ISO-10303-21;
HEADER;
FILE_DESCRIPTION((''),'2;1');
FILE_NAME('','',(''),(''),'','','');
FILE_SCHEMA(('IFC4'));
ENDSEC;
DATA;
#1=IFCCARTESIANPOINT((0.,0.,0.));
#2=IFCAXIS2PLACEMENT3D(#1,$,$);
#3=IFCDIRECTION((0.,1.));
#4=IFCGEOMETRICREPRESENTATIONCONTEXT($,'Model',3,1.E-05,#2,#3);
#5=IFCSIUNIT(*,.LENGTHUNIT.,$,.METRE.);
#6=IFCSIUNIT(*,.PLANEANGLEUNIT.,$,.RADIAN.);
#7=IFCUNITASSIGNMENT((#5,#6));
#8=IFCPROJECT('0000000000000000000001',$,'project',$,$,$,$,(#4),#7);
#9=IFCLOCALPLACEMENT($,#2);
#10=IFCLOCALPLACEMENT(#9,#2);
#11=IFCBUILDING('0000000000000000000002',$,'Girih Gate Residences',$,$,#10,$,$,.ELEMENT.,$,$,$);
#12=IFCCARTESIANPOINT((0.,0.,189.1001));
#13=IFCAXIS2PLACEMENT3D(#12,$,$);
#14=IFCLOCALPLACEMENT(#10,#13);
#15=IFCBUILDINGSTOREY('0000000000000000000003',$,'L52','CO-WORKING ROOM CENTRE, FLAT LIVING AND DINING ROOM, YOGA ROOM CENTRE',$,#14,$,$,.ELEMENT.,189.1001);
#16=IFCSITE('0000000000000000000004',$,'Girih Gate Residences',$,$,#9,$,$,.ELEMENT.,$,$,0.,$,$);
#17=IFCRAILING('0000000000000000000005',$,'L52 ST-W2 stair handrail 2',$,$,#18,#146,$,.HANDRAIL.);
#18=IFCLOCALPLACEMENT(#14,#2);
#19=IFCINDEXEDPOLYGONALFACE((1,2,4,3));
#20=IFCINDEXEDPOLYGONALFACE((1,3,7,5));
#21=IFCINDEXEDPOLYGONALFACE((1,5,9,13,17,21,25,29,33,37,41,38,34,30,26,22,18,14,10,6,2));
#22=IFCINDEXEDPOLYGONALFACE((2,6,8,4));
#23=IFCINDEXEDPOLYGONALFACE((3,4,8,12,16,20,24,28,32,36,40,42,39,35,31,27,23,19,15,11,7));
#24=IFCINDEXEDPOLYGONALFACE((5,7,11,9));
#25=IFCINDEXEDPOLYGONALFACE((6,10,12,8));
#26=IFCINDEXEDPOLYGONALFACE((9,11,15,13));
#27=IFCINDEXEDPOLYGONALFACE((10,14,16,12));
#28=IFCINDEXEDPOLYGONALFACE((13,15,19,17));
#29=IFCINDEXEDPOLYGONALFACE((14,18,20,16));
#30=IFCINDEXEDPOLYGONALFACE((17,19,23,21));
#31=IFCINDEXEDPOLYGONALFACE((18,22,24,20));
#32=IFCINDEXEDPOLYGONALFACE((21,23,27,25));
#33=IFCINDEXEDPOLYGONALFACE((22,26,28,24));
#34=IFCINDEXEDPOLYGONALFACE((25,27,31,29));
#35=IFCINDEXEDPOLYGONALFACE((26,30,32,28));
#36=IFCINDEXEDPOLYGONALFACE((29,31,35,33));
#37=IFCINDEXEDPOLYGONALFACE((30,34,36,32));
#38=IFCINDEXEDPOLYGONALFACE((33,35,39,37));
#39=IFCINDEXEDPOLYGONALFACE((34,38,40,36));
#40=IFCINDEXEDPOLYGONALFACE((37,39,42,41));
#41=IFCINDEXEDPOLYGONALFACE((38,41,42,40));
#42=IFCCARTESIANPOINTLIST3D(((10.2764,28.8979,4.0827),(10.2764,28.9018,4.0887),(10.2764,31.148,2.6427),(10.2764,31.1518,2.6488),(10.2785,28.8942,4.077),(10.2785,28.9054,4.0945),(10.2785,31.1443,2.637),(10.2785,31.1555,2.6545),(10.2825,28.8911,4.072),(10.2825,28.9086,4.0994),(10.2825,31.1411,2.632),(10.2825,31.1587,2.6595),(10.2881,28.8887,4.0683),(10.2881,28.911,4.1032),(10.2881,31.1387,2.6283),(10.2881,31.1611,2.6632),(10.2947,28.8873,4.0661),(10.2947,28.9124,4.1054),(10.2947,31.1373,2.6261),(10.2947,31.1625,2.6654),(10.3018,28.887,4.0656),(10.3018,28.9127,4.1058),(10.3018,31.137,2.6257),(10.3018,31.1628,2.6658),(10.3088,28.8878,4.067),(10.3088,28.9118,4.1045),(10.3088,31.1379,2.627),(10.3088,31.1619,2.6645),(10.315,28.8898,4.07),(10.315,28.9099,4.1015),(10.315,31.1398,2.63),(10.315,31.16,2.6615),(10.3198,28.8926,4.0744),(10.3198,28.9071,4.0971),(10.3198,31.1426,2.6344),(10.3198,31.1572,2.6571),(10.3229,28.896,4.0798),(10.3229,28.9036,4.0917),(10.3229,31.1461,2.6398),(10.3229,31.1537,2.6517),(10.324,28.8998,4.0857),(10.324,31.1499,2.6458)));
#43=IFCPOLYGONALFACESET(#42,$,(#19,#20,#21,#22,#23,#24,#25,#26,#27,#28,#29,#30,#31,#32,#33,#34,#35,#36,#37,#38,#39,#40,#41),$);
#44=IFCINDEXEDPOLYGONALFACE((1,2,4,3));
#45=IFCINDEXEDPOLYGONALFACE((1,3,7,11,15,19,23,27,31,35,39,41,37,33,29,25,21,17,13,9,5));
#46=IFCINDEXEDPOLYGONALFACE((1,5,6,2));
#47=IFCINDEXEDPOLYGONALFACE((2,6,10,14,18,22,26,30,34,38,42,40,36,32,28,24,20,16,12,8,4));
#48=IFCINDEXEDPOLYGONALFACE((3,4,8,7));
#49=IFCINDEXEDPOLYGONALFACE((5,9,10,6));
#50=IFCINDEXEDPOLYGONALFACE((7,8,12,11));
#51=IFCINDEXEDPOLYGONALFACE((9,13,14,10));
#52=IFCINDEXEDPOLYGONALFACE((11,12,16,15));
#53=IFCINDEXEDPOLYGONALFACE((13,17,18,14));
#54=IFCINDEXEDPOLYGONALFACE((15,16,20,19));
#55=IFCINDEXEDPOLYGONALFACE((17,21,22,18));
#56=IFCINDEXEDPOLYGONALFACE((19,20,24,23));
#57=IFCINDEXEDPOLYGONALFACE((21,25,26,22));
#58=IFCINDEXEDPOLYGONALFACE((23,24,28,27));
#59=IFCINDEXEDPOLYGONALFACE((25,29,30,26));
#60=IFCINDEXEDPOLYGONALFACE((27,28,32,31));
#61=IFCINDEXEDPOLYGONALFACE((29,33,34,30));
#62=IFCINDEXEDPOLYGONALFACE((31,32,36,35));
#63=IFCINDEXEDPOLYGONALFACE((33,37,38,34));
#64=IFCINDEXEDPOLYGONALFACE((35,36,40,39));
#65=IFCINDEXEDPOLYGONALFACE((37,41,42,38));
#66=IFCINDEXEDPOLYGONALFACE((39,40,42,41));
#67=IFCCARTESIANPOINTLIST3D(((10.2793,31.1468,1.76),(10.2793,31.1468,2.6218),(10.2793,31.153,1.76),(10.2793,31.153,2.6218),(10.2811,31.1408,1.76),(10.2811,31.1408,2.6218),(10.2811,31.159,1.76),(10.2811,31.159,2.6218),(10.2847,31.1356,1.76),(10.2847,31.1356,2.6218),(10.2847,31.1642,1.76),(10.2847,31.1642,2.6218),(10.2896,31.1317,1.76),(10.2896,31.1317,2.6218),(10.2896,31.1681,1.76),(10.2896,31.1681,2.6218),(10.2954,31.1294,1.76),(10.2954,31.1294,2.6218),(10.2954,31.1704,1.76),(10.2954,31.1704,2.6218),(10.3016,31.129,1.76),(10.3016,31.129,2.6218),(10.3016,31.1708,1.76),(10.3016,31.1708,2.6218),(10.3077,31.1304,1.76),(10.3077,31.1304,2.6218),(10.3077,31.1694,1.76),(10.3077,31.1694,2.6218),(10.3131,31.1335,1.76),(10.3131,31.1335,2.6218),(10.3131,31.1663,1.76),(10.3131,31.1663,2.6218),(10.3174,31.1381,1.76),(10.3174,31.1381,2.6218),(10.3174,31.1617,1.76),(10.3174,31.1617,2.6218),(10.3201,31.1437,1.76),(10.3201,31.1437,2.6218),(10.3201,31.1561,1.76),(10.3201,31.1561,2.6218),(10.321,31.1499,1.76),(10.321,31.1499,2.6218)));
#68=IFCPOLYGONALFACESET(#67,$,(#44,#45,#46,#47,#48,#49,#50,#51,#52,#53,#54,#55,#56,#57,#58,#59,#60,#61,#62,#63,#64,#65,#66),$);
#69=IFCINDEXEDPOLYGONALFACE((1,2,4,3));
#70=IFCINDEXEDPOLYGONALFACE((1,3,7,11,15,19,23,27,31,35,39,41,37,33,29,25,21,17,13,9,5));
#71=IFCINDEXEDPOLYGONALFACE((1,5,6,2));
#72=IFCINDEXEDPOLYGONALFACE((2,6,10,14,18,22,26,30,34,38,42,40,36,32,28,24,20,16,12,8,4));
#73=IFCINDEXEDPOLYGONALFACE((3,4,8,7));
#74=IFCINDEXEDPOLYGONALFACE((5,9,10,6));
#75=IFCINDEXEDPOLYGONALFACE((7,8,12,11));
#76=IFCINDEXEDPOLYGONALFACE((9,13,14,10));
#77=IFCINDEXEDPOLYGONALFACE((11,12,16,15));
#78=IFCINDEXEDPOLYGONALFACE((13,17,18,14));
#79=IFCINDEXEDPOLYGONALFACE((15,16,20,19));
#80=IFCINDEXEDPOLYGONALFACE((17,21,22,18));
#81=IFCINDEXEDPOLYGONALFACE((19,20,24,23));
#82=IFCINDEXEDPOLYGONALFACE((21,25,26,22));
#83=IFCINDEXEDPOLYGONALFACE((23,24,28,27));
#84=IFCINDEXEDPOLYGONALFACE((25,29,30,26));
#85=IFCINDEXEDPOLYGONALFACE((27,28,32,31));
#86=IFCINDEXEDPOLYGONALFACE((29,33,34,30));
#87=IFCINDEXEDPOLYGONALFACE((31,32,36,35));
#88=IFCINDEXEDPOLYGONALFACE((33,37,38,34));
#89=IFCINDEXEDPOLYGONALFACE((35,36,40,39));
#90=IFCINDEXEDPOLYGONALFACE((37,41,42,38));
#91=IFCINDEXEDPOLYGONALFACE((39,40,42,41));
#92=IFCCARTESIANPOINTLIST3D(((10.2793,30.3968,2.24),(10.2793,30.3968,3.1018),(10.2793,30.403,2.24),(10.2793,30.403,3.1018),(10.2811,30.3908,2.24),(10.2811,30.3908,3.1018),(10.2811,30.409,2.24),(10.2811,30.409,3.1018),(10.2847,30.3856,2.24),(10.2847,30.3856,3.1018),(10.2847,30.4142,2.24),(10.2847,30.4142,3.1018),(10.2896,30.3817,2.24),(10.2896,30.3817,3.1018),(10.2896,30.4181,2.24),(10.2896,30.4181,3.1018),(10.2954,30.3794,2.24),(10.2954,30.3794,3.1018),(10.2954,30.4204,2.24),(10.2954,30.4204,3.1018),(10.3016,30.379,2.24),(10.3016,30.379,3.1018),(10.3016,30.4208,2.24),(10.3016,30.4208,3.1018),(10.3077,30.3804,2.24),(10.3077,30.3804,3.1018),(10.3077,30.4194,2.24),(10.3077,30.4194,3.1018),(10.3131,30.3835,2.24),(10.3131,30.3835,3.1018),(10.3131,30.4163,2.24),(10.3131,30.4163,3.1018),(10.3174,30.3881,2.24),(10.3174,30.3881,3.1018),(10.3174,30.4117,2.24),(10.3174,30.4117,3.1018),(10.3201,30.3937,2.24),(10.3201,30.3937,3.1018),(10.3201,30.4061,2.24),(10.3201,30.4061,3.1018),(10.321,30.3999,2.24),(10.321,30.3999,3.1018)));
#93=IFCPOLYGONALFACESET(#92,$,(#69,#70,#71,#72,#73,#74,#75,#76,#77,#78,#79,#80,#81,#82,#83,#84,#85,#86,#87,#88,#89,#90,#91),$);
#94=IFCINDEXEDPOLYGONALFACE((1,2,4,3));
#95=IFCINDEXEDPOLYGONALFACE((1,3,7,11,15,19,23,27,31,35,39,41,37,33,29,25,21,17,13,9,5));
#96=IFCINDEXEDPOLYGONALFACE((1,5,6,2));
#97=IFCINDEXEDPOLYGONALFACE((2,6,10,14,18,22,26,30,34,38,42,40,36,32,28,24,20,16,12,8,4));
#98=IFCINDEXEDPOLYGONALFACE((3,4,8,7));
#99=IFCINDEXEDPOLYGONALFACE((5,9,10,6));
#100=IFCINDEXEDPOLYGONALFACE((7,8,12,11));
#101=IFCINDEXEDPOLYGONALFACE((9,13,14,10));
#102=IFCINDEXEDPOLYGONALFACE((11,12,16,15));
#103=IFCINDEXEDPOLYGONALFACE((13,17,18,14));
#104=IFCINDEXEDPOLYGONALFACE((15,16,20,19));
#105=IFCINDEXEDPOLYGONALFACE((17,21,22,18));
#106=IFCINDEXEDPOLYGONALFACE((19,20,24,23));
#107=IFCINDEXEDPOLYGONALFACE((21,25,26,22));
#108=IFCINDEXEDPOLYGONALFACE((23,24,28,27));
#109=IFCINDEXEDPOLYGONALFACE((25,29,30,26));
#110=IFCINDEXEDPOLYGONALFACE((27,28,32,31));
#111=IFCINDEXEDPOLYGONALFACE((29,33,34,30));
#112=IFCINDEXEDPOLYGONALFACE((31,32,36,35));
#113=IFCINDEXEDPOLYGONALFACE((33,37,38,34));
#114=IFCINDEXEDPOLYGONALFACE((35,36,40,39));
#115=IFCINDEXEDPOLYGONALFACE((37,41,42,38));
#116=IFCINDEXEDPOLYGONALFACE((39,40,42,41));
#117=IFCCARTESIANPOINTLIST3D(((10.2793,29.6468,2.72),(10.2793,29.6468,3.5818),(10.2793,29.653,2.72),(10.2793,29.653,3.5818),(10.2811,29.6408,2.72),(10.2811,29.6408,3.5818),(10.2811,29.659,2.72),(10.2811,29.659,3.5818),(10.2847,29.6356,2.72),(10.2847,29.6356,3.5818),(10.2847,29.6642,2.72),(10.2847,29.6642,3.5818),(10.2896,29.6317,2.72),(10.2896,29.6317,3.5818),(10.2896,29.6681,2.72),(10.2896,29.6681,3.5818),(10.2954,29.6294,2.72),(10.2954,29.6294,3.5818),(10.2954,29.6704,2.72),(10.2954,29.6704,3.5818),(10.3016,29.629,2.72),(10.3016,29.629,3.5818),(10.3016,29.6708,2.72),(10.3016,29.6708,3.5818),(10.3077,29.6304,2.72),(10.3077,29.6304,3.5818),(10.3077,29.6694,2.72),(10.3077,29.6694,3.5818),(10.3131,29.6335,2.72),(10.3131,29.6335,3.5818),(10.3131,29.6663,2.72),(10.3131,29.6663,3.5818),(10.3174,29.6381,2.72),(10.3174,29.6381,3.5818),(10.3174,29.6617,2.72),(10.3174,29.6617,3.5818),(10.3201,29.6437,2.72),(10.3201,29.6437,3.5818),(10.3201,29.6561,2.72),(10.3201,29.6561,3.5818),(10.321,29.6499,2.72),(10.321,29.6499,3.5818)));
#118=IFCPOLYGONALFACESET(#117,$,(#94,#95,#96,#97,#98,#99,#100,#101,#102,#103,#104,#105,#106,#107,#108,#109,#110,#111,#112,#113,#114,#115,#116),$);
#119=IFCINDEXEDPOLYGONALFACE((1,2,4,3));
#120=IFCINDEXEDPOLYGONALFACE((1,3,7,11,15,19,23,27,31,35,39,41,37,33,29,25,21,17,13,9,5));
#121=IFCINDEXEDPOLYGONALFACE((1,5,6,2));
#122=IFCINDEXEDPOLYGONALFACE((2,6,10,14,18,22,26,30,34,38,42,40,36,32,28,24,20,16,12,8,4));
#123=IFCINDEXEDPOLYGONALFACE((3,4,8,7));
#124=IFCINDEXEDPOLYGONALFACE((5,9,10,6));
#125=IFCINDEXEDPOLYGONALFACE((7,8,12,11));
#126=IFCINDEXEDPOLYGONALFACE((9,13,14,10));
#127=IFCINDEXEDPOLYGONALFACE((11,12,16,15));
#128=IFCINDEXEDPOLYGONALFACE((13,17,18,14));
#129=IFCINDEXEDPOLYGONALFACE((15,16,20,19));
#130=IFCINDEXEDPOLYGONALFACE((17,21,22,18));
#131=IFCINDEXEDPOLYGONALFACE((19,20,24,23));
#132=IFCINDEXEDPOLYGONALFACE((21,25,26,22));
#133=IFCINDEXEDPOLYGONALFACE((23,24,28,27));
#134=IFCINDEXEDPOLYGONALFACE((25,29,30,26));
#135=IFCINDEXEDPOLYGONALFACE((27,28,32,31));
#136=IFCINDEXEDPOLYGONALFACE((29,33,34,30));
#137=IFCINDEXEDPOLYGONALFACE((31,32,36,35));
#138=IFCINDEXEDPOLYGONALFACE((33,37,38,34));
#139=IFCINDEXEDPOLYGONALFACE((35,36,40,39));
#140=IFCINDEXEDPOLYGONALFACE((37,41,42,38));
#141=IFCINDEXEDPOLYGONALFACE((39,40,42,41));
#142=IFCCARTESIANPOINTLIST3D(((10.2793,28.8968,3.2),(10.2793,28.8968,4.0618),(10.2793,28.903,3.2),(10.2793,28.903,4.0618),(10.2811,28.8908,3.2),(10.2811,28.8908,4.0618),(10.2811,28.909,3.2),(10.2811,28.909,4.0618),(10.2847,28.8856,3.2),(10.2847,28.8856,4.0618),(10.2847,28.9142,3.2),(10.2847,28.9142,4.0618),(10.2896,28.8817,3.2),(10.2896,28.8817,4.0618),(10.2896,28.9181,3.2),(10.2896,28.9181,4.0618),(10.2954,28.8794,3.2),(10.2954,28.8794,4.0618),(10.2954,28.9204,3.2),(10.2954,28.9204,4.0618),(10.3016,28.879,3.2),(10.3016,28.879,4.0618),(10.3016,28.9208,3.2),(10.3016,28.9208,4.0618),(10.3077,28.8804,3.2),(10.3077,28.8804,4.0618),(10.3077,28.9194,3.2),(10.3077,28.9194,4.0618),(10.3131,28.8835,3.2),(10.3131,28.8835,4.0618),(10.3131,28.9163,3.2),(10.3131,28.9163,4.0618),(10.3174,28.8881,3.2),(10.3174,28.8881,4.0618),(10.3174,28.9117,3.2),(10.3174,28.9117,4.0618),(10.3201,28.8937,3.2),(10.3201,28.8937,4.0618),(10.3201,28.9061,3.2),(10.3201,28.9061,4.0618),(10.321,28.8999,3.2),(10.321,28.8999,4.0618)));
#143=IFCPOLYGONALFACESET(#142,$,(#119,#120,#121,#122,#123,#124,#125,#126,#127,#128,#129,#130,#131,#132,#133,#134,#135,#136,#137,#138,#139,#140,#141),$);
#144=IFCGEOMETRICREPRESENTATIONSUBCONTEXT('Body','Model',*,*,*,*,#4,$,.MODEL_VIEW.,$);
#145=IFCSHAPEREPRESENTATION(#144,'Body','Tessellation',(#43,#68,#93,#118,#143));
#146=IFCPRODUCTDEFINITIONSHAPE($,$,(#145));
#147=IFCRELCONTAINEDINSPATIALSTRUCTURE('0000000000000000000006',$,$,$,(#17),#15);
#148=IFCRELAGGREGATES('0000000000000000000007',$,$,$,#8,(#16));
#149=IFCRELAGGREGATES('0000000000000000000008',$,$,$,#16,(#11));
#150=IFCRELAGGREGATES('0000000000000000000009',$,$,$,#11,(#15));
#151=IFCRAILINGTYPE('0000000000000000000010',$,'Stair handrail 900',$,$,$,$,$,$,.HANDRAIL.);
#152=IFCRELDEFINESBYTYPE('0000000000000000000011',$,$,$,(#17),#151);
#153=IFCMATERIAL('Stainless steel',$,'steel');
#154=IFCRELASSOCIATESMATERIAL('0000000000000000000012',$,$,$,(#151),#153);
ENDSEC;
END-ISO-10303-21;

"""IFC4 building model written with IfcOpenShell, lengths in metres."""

from ifc_helpers import new_model, si_unit, direction, frame, origin, origin_2d, place, context, subcontext, project, spatial, circle, extrude, material, type_object, element, save


model = new_model("IFC4")

# Units and contexts
model_context = context("Model", 3, precision=1e-05, world=origin(), true_north=direction((0.0, 1.0)))
body_context = subcontext(model_context, "Body", "Model", "MODEL_VIEW")
ifc_project = project(units=[si_unit("LENGTHUNIT", "METRE"), si_unit("PLANEANGLEUNIT", "RADIAN")], contexts=[model_context])

# Site, building, storey
site_placement = place(None, origin())
site = spatial("IfcSite", under=ifc_project, at=site_placement, Name="Girih Gate Residences", CompositionType="ELEMENT", RefElevation=0.0)
building_placement = place(site_placement, origin())
building = spatial("IfcBuilding", under=site, at=building_placement, Name="Girih Gate Residences", CompositionType="ELEMENT")
storey_placement = place(building_placement, frame((0.0, 0.0, 189.1001)))
storey = spatial("IfcBuildingStorey", under=building, at=storey_placement, Name="L52", Description="CO-WORKING ROOM CENTRE, FLAT LIVING AND DINING ROOM, YOGA ROOM CENTRE", CompositionType="ELEMENT", Elevation=189.1001)

# Railing
ifc_material_1 = material(Name="Stainless steel", Category="steel")
railing_type_1 = type_object("IfcRailingType", Name="Stair handrail 900", PredefinedType="HANDRAIL", material=ifc_material_1)
railing_1_placement = place(storey_placement, frame((10.3, 31.1499, 1.76)))
element("IfcRailing", 1, at=railing_1_placement, inside=storey, type_object=railing_type_1, Name="L52 ST-W2 stair handrail 2", PredefinedType="HANDRAIL", context=body_context, shape_type="SweptSolid", body=[
    extrude(circle(Radius=0.0239, at=origin_2d()), frame((0.0, 0.0, 0.8857), z_axis=(0.0, -0.842281, 0.539038), x_axis=(1.0, 0.0, 0.0)), (0.0, 0.0, 1.0), 2.6714),
    extrude(circle(Radius=0.021, at=origin_2d()), origin(), (0.0, 0.0, 1.0), 0.8618),
    extrude(circle(Radius=0.021, at=origin_2d()), frame((0.0, -0.75, 0.48)), (0.0, 0.0, 1.0), 0.8618),
    extrude(circle(Radius=0.021, at=origin_2d()), frame((0.0, -1.5, 0.96)), (0.0, 0.0, 1.0), 0.8618),
    extrude(circle(Radius=0.021, at=origin_2d()), frame((0.0, -2.25, 1.4399)), (0.0, 0.0, 1.0), 0.8618),
])

save(model, "model.ifc")
